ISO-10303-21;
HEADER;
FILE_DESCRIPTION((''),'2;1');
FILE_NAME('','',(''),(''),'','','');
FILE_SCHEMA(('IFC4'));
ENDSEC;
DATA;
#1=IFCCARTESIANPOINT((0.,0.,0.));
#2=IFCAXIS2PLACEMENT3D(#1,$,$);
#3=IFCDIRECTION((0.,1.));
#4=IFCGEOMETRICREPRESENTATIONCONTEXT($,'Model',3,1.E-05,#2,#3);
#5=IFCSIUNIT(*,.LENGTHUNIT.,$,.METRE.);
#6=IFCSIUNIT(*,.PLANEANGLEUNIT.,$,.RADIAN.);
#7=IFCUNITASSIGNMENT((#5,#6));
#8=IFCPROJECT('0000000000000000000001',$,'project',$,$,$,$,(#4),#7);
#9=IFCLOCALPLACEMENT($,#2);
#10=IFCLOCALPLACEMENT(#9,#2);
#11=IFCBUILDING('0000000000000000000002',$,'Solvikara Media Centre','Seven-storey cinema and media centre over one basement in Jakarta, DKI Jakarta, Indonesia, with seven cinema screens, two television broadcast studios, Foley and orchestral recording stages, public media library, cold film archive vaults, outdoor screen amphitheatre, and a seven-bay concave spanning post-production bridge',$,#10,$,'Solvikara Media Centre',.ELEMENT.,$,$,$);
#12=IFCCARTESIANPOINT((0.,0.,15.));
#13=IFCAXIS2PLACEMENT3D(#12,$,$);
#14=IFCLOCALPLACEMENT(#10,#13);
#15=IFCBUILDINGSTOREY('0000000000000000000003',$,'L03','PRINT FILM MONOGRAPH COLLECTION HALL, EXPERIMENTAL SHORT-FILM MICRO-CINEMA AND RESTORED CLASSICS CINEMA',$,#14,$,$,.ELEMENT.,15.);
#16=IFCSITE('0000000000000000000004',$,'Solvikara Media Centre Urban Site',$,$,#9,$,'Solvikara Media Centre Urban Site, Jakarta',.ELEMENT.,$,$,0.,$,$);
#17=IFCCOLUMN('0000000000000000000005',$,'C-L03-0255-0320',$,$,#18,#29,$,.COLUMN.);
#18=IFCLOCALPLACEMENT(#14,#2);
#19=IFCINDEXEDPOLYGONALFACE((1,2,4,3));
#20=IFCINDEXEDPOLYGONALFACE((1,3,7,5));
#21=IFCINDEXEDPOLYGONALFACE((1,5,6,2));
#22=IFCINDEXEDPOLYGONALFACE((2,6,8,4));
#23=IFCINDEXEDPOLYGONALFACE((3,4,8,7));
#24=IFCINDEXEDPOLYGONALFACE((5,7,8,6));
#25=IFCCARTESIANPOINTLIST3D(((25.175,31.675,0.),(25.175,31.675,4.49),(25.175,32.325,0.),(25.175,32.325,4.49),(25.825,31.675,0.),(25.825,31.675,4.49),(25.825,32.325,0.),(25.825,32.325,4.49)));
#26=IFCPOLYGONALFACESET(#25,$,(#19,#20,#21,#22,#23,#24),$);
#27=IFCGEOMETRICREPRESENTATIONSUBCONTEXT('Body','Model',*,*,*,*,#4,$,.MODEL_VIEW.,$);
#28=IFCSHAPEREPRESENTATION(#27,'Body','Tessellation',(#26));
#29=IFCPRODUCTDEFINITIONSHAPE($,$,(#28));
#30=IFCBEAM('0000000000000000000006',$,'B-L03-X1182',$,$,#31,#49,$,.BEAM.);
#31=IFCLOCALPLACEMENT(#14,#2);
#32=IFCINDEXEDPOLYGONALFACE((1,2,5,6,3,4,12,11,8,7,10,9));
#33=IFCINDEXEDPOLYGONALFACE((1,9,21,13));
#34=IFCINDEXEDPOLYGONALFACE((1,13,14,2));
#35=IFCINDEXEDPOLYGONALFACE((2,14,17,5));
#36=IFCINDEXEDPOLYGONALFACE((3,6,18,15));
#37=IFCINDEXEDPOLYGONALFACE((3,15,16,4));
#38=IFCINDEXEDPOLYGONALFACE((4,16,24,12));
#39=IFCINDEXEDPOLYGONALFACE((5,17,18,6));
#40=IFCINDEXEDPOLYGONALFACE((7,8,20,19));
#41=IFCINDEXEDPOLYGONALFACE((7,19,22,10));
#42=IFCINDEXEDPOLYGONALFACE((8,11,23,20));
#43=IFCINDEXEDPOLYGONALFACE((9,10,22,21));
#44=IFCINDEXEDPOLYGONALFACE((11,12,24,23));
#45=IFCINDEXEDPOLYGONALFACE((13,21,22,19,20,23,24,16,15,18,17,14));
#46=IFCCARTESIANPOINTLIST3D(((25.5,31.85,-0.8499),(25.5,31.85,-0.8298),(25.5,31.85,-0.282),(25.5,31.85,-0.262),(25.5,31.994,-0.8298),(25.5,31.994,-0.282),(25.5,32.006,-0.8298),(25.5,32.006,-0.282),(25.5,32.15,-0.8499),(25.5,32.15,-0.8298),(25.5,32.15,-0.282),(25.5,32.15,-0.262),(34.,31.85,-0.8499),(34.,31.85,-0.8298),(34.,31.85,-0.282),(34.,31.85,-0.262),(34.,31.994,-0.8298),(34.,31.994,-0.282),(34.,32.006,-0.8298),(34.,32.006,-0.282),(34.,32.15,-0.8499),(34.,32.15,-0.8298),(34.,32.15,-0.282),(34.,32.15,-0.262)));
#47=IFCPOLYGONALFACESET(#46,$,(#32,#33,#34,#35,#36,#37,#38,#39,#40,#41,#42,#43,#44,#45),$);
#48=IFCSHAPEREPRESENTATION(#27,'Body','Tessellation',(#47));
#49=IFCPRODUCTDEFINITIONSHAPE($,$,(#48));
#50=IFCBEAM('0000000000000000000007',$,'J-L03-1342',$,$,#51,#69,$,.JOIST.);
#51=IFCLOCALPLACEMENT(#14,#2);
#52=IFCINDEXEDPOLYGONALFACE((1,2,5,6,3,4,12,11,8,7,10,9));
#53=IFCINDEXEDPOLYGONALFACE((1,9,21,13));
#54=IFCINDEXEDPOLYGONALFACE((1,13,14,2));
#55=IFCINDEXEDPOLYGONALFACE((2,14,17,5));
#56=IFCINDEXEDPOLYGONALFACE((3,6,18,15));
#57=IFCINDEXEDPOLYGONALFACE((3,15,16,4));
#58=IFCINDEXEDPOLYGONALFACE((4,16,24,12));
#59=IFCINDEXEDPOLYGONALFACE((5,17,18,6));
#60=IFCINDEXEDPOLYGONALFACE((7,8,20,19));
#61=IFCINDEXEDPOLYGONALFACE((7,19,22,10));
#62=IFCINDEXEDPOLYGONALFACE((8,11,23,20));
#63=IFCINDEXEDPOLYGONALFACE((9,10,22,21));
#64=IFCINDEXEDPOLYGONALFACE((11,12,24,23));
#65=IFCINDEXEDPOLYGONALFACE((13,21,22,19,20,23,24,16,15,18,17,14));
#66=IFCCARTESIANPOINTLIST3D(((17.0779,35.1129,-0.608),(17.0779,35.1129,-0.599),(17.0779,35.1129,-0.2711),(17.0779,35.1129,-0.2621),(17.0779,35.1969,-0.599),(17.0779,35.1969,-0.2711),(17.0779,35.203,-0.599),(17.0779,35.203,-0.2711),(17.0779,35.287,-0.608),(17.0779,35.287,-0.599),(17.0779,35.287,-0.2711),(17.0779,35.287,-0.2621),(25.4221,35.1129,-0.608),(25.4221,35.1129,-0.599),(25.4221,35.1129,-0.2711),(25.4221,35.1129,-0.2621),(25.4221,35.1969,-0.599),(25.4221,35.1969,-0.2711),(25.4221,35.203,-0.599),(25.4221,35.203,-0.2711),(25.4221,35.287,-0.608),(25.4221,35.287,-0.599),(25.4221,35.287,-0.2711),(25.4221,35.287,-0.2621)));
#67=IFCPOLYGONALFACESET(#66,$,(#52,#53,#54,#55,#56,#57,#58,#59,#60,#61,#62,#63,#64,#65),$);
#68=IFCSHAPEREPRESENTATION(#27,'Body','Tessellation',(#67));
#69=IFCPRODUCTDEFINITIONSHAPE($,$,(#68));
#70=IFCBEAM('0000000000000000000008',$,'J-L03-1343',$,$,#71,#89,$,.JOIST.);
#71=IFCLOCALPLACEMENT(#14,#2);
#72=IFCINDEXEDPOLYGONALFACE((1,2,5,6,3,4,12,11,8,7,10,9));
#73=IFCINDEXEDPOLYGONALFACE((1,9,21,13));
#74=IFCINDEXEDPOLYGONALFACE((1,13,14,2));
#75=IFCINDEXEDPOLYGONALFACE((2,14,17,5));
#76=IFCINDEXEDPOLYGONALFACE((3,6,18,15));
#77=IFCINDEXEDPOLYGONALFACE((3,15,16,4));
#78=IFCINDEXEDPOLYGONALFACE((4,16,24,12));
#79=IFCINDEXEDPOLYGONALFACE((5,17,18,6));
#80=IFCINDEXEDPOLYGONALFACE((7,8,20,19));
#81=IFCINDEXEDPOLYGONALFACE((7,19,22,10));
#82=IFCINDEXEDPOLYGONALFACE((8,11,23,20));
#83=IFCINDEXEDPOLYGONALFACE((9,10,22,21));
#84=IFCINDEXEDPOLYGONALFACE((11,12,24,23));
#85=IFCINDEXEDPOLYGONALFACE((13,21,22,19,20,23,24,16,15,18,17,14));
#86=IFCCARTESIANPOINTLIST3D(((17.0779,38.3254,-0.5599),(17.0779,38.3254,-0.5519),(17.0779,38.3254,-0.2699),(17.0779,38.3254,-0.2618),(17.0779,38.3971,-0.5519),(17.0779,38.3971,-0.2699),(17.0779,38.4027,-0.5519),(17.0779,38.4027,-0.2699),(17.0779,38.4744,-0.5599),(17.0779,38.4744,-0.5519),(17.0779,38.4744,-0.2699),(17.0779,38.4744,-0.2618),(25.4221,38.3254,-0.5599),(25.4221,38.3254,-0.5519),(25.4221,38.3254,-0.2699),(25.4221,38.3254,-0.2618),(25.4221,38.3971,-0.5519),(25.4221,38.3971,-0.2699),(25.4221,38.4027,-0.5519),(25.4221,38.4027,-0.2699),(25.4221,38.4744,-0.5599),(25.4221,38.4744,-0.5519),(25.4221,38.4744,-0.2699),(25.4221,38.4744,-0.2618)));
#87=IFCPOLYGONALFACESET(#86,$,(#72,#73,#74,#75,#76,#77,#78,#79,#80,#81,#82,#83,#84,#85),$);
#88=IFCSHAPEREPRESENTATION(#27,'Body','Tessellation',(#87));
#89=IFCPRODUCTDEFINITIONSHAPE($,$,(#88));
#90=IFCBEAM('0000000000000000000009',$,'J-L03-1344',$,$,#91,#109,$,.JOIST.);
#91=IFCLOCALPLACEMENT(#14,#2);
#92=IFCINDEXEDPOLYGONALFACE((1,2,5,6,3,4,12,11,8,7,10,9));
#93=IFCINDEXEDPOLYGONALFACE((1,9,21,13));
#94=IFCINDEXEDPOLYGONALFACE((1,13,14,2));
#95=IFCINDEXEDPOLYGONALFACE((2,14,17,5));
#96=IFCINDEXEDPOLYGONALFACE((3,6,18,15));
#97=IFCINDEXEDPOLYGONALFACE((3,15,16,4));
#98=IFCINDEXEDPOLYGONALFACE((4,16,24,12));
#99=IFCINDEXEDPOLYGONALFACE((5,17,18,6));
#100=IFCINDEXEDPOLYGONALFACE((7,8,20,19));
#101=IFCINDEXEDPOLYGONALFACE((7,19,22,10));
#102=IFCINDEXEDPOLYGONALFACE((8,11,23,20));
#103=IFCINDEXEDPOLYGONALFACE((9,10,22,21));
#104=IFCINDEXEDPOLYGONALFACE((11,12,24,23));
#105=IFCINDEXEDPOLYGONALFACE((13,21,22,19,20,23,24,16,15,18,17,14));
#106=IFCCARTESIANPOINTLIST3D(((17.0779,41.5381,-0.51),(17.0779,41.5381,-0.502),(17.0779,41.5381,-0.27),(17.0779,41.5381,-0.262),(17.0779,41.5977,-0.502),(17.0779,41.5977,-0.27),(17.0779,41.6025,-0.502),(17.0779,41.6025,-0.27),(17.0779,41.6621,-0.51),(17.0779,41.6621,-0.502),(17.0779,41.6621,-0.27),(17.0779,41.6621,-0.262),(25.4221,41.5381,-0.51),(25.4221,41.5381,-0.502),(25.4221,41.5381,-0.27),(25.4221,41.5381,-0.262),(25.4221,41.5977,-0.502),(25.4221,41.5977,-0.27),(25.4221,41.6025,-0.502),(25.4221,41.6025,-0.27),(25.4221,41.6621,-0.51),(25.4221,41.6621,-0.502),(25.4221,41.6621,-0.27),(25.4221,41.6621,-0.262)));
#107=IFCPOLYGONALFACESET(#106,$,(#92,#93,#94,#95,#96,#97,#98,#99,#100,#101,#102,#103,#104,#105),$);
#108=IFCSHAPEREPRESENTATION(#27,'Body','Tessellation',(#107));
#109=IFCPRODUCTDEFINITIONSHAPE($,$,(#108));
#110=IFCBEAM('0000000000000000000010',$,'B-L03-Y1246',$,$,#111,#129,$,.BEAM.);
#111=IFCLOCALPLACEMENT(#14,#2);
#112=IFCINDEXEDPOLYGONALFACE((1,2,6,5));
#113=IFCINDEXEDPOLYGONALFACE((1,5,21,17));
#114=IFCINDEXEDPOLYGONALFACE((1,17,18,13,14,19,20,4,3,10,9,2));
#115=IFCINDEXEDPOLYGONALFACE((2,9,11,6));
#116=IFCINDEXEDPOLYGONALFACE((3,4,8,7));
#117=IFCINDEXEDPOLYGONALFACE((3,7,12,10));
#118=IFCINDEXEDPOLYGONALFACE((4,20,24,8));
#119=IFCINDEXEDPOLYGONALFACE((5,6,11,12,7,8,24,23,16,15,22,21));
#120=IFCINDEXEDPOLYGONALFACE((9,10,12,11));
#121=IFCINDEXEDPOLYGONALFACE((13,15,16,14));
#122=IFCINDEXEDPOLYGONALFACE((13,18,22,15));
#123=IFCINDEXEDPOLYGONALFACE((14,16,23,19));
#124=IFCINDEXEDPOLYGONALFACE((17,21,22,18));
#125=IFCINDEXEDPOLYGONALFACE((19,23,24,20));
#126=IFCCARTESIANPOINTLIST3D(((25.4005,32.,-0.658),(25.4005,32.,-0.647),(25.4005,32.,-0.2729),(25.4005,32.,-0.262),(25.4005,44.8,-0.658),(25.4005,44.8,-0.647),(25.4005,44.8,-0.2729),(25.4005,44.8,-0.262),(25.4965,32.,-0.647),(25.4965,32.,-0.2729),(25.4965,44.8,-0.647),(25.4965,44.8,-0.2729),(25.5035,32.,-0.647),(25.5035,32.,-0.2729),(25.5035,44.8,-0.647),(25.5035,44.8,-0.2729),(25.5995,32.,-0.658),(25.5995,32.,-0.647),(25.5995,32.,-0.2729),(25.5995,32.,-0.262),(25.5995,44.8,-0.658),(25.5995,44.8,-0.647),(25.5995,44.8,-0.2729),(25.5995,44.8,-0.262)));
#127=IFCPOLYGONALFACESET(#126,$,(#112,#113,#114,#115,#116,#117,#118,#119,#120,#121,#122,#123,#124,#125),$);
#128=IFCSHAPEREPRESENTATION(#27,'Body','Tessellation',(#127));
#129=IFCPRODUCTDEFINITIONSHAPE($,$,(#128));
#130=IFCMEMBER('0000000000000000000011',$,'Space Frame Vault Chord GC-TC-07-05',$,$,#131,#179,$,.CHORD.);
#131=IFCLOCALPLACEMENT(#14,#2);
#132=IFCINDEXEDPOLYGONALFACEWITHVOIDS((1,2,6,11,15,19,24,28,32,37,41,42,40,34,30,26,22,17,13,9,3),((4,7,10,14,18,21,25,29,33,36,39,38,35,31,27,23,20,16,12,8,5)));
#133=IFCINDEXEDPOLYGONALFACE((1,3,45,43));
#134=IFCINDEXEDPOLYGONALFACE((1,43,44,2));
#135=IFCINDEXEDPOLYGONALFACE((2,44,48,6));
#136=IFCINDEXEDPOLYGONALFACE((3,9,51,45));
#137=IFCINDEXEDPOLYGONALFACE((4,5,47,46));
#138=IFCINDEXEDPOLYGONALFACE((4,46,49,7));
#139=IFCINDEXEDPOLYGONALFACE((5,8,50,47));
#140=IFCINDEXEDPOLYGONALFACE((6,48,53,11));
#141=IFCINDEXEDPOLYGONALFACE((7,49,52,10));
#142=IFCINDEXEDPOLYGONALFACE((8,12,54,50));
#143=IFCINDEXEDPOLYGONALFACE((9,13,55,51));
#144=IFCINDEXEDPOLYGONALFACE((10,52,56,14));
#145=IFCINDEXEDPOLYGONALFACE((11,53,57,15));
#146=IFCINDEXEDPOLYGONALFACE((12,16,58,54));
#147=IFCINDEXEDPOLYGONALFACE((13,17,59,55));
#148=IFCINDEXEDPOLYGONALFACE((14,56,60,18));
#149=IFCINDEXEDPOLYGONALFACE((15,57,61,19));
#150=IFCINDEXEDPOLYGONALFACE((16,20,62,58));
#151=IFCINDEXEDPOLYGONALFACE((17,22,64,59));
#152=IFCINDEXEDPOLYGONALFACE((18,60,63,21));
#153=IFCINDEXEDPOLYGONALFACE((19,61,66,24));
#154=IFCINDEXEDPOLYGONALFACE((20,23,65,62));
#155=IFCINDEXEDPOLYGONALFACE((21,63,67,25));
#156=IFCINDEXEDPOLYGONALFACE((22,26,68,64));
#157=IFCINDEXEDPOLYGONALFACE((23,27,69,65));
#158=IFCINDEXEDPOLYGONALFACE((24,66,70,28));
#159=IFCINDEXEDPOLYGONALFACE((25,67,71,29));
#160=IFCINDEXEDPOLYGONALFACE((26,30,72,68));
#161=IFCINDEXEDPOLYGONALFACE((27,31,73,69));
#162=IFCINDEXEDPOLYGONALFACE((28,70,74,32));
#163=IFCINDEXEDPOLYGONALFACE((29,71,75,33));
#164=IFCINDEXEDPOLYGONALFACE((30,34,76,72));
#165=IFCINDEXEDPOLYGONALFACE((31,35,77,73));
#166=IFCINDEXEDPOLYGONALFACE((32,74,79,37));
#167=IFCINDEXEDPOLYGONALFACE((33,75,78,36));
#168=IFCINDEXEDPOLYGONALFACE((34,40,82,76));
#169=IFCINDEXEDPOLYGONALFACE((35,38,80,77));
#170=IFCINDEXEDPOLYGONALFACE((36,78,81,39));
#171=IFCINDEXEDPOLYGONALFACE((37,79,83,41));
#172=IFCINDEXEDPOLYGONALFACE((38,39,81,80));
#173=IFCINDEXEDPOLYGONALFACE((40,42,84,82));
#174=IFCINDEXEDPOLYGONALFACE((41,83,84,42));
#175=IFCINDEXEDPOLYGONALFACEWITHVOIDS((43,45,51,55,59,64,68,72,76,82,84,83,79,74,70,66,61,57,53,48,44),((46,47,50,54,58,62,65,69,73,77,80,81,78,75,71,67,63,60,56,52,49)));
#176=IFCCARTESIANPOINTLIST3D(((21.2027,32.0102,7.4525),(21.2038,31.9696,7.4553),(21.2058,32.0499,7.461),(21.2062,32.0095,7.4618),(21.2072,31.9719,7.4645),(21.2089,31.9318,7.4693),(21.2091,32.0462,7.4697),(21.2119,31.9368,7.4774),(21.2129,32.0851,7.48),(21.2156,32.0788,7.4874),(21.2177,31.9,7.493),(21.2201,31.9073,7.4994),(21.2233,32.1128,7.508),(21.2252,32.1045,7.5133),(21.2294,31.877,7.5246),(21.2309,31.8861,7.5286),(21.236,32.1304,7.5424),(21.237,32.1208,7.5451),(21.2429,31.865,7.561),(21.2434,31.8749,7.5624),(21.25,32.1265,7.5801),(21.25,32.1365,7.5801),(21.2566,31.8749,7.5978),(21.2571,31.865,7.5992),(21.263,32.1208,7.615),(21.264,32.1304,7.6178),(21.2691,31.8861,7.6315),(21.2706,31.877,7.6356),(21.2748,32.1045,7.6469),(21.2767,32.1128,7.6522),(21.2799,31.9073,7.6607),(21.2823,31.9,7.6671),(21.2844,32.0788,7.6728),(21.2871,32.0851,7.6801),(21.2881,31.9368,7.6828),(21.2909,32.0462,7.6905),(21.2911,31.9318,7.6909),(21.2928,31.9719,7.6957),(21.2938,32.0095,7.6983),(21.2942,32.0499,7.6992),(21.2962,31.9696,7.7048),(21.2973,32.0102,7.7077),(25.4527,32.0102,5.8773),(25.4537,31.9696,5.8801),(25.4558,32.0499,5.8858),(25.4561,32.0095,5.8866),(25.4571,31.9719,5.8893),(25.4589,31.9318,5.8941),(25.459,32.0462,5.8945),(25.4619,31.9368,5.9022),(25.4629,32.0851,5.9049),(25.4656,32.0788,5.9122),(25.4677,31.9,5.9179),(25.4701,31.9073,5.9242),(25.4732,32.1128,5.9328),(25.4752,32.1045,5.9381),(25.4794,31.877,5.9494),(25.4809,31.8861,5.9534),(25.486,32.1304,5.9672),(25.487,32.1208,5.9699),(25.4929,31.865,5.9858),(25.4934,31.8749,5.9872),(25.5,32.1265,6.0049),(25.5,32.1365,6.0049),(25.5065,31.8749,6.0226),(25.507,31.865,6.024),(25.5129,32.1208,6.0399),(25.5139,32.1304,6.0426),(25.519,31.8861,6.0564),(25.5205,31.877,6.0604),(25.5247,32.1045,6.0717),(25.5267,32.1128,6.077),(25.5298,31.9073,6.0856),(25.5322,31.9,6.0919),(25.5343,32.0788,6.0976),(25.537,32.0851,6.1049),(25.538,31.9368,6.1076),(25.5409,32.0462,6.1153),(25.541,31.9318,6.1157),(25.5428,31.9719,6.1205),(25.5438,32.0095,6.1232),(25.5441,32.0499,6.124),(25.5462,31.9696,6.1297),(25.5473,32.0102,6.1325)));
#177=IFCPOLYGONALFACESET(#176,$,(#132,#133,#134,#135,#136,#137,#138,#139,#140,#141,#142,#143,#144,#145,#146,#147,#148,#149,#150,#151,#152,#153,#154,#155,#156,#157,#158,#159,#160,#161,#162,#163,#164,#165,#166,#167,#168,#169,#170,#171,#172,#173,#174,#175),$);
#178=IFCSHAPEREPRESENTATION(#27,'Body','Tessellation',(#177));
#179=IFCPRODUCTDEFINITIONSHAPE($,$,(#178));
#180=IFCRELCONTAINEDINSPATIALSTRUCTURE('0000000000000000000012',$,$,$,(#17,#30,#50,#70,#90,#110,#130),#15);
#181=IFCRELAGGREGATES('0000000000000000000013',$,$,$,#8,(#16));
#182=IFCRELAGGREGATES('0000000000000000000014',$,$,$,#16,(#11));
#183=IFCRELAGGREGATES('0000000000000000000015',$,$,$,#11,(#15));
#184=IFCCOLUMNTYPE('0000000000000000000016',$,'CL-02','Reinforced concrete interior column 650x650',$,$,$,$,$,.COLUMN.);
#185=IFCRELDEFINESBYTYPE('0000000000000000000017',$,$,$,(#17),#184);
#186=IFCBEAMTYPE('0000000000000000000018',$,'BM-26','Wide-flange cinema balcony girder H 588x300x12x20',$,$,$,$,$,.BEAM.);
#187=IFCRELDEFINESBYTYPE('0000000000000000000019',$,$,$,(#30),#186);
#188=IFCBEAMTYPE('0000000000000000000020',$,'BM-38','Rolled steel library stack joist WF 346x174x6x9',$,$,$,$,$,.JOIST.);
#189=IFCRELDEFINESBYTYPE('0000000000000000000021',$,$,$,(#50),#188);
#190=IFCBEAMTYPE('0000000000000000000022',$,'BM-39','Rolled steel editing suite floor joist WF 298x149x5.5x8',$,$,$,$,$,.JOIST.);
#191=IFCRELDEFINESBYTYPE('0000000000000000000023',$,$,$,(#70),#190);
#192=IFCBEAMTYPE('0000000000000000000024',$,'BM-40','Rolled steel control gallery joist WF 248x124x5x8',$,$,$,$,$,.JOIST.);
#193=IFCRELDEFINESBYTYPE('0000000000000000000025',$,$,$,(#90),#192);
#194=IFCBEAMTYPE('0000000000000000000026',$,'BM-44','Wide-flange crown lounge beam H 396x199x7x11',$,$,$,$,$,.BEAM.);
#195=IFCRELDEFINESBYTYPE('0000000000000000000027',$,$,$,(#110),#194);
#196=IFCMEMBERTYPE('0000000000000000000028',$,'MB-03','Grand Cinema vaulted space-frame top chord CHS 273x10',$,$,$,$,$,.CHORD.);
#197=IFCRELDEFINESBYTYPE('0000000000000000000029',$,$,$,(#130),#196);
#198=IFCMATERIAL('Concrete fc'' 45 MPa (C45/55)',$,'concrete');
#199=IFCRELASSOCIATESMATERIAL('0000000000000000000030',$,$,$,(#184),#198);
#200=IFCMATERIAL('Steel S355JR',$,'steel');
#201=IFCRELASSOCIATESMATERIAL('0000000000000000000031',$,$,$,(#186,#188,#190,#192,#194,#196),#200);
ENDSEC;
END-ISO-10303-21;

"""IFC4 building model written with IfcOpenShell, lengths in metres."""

from ifc_helpers import new_model, si_unit, direction, frame, origin, origin_2d, place, context, subcontext, project, spatial, rectangle, hollow_circle, i_section, extrude, material, material_profile, profile_set, type_object, element, save


model = new_model("IFC4")

# Units and contexts
model_context = context("Model", 3, precision=1e-05, world=origin(), true_north=direction((0.0, 1.0)))
body_context = subcontext(model_context, "Body", "Model", "MODEL_VIEW")
ifc_project = project(units=[si_unit("LENGTHUNIT", "METRE"), si_unit("PLANEANGLEUNIT", "RADIAN")], contexts=[model_context])

# Site, building, storey
site_placement = place(None, origin())
site = spatial("IfcSite", under=ifc_project, at=site_placement, Name="Solvikara Media Centre Urban Site", LongName="Solvikara Media Centre Urban Site, Jakarta", CompositionType="ELEMENT", RefElevation=0.0)
building_placement = place(site_placement, origin())
building = spatial("IfcBuilding", under=site, at=building_placement, Name="Solvikara Media Centre", Description="Seven-storey cinema and media centre over one basement in Jakarta, DKI Jakarta, Indonesia, with seven cinema screens, two television broadcast studios, Foley and orchestral recording stages, public media library, cold film archive vaults, outdoor screen amphitheatre, and a seven-bay concave spanning post-production bridge", LongName="Solvikara Media Centre", CompositionType="ELEMENT")
storey_placement = place(building_placement, frame((0.0, 0.0, 15.0)))
storey = spatial("IfcBuildingStorey", under=building, at=storey_placement, Name="L03", Description="PRINT FILM MONOGRAPH COLLECTION HALL, EXPERIMENTAL SHORT-FILM MICRO-CINEMA AND RESTORED CLASSICS CINEMA", CompositionType="ELEMENT", Elevation=15.0)

# Column
ifc_material_1 = material(Name="Concrete fc' 45 MPa (C45/55)", Category="concrete")
ifc_material_profile_1 = material_profile(ifc_material_1, rectangle(XDim=0.6499, YDim=0.6499, at=origin_2d()), Name="RC 650x650")
ifc_profile_set_1 = profile_set([ifc_material_profile_1], Name="Concrete fc' 45 MPa (C45/55)")
column_type = type_object("IfcColumnType", Name="CL-02", Description="Reinforced concrete interior column 650x650", PredefinedType="COLUMN", material=ifc_profile_set_1)
column_placement = place(storey_placement, frame((25.5, 32.0, 0.0), z_axis=(0.0, 0.0, 1.0), x_axis=(1.0, 0.0, 0.0)))
element("IfcColumn", 1, at=column_placement, inside=storey, type_object=column_type, Name="C-L03-0255-0320", PredefinedType="COLUMN", context=body_context, shape_type="SweptSolid", body=[
    extrude(rectangle(XDim=0.6499, YDim=0.6499, at=origin_2d()), origin(), (0.0, 0.0, 1.0), 4.49),
])

# Beams
ifc_material_2 = material(Name="Steel S355JR", Category="steel")
ifc_material_profile_2 = material_profile(ifc_material_2, i_section(OverallWidth=0.3, OverallDepth=0.5879, WebThickness=0.012, FlangeThickness=0.02, at=origin_2d()), Name="H 588x300x12x20")
ifc_profile_set_2 = profile_set([ifc_material_profile_2], Name="Steel S355JR")
beam_type_1 = type_object("IfcBeamType", Name="BM-26", Description="Wide-flange cinema balcony girder H 588x300x12x20", PredefinedType="BEAM", material=ifc_profile_set_2)
beam_1_placement = place(storey_placement, frame((25.5, 32.0, -0.5559), z_axis=(1.0, 0.0, 0.0), x_axis=(0.0, 1.0, 0.0)))
element("IfcBeam", 2, at=beam_1_placement, inside=storey, type_object=beam_type_1, Name="B-L03-X1182", PredefinedType="BEAM", context=body_context, shape_type="SweptSolid", body=[
    extrude(i_section(OverallWidth=0.3, OverallDepth=0.5879, WebThickness=0.012, FlangeThickness=0.02, at=origin_2d()), origin(), (0.0, 0.0, 1.0), 8.5),
])
ifc_material_profile_3 = material_profile(ifc_material_2, i_section(OverallWidth=0.1741, OverallDepth=0.3459, WebThickness=0.0061, FlangeThickness=0.009, at=origin_2d()), Name="WF 346x174x6x9")
ifc_profile_set_3 = profile_set([ifc_material_profile_3], Name="Steel S355JR")
beam_type_2 = type_object("IfcBeamType", Name="BM-38", Description="Rolled steel library stack joist WF 346x174x6x9", PredefinedType="JOIST", material=ifc_profile_set_3)
beam_2_placement = place(storey_placement, frame((17.0779, 35.2, -0.4351), z_axis=(1.0, 0.0, 0.0), x_axis=(0.0, 1.0, 0.0)))
element("IfcBeam", 3, at=beam_2_placement, inside=storey, type_object=beam_type_2, Name="J-L03-1342", PredefinedType="JOIST", context=body_context, shape_type="SweptSolid", body=[
    extrude(i_section(OverallWidth=0.1741, OverallDepth=0.3459, WebThickness=0.0061, FlangeThickness=0.009, at=origin_2d()), origin(), (0.0, 0.0, 1.0), 8.3442),
])
ifc_material_profile_4 = material_profile(ifc_material_2, i_section(OverallWidth=0.1489, OverallDepth=0.2981, WebThickness=0.0056, FlangeThickness=0.0081, at=origin_2d()), Name="WF 298x149x5.5x8")
ifc_profile_set_4 = profile_set([ifc_material_profile_4], Name="Steel S355JR")
beam_type_3 = type_object("IfcBeamType", Name="BM-39", Description="Rolled steel editing suite floor joist WF 298x149x5.5x8", PredefinedType="JOIST", material=ifc_profile_set_4)
beam_3_placement = place(storey_placement, frame((17.0779, 38.3999, -0.4109), z_axis=(1.0, 0.0, 0.0), x_axis=(0.0, 1.0, 0.0)))
element("IfcBeam", 4, at=beam_3_placement, inside=storey, type_object=beam_type_3, Name="J-L03-1343", PredefinedType="JOIST", context=body_context, shape_type="SweptSolid", body=[
    extrude(i_section(OverallWidth=0.1489, OverallDepth=0.2981, WebThickness=0.0056, FlangeThickness=0.0081, at=origin_2d()), origin(), (0.0, 0.0, 1.0), 8.3442),
])
ifc_material_profile_5 = material_profile(ifc_material_2, i_section(OverallWidth=0.124, OverallDepth=0.248, WebThickness=0.0049, FlangeThickness=0.0081, at=origin_2d()), Name="WF 248x124x5x8")
ifc_profile_set_5 = profile_set([ifc_material_profile_5], Name="Steel S355JR")
beam_type_4 = type_object("IfcBeamType", Name="BM-40", Description="Rolled steel control gallery joist WF 248x124x5x8", PredefinedType="JOIST", material=ifc_profile_set_5)
beam_4_placement = place(storey_placement, frame((17.0779, 41.6001, -0.386), z_axis=(1.0, 0.0, 0.0), x_axis=(0.0, 1.0, 0.0)))
element("IfcBeam", 5, at=beam_4_placement, inside=storey, type_object=beam_type_4, Name="J-L03-1344", PredefinedType="JOIST", context=body_context, shape_type="SweptSolid", body=[
    extrude(i_section(OverallWidth=0.124, OverallDepth=0.248, WebThickness=0.0049, FlangeThickness=0.0081, at=origin_2d()), origin(), (0.0, 0.0, 1.0), 8.3442),
])
ifc_material_profile_6 = material_profile(ifc_material_2, i_section(OverallWidth=0.199, OverallDepth=0.396, WebThickness=0.0071, FlangeThickness=0.011, at=origin_2d()), Name="H 396x199x7x11")
ifc_profile_set_6 = profile_set([ifc_material_profile_6], Name="Steel S355JR")
beam_type_5 = type_object("IfcBeamType", Name="BM-44", Description="Wide-flange crown lounge beam H 396x199x7x11", PredefinedType="BEAM", material=ifc_profile_set_6)
beam_5_placement = place(storey_placement, frame((25.5, 32.0, -0.46), z_axis=(0.0, 1.0, 0.0), x_axis=(-1.0, 0.0, 0.0)))
element("IfcBeam", 6, at=beam_5_placement, inside=storey, type_object=beam_type_5, Name="B-L03-Y1246", PredefinedType="BEAM", context=body_context, shape_type="SweptSolid", body=[
    extrude(i_section(OverallWidth=0.199, OverallDepth=0.396, WebThickness=0.0071, FlangeThickness=0.011, at=origin_2d()), origin(), (0.0, 0.0, 1.0), 12.8),
])

# Member
ifc_material_profile_7 = material_profile(ifc_material_2, hollow_circle(Radius=0.1365, WallThickness=0.01, at=origin_2d()), Name="CHS 273x10")
ifc_profile_set_7 = profile_set([ifc_material_profile_7], Name="Steel S355JR")
member_type_1 = type_object("IfcMemberType", Name="MB-03", Description="Grand Cinema vaulted space-frame top chord CHS 273x10", PredefinedType="CHORD", material=ifc_profile_set_7)
member_1_placement = place(storey_placement, frame((21.25, 32.0, 7.5801), z_axis=(0.937668, 0.0, -0.347532), x_axis=(0.0, 1.0, 0.0)))
element("IfcMember", 7, at=member_1_placement, inside=storey, type_object=member_type_1, Name="Space Frame Vault Chord GC-TC-07-05", PredefinedType="CHORD", context=body_context, shape_type="SweptSolid", body=[
    extrude(hollow_circle(Radius=0.1365, WallThickness=0.01, at=origin_2d()), origin(), (0.0, 0.0, 1.0), 4.5325),
])

save(model, "model.ifc")
